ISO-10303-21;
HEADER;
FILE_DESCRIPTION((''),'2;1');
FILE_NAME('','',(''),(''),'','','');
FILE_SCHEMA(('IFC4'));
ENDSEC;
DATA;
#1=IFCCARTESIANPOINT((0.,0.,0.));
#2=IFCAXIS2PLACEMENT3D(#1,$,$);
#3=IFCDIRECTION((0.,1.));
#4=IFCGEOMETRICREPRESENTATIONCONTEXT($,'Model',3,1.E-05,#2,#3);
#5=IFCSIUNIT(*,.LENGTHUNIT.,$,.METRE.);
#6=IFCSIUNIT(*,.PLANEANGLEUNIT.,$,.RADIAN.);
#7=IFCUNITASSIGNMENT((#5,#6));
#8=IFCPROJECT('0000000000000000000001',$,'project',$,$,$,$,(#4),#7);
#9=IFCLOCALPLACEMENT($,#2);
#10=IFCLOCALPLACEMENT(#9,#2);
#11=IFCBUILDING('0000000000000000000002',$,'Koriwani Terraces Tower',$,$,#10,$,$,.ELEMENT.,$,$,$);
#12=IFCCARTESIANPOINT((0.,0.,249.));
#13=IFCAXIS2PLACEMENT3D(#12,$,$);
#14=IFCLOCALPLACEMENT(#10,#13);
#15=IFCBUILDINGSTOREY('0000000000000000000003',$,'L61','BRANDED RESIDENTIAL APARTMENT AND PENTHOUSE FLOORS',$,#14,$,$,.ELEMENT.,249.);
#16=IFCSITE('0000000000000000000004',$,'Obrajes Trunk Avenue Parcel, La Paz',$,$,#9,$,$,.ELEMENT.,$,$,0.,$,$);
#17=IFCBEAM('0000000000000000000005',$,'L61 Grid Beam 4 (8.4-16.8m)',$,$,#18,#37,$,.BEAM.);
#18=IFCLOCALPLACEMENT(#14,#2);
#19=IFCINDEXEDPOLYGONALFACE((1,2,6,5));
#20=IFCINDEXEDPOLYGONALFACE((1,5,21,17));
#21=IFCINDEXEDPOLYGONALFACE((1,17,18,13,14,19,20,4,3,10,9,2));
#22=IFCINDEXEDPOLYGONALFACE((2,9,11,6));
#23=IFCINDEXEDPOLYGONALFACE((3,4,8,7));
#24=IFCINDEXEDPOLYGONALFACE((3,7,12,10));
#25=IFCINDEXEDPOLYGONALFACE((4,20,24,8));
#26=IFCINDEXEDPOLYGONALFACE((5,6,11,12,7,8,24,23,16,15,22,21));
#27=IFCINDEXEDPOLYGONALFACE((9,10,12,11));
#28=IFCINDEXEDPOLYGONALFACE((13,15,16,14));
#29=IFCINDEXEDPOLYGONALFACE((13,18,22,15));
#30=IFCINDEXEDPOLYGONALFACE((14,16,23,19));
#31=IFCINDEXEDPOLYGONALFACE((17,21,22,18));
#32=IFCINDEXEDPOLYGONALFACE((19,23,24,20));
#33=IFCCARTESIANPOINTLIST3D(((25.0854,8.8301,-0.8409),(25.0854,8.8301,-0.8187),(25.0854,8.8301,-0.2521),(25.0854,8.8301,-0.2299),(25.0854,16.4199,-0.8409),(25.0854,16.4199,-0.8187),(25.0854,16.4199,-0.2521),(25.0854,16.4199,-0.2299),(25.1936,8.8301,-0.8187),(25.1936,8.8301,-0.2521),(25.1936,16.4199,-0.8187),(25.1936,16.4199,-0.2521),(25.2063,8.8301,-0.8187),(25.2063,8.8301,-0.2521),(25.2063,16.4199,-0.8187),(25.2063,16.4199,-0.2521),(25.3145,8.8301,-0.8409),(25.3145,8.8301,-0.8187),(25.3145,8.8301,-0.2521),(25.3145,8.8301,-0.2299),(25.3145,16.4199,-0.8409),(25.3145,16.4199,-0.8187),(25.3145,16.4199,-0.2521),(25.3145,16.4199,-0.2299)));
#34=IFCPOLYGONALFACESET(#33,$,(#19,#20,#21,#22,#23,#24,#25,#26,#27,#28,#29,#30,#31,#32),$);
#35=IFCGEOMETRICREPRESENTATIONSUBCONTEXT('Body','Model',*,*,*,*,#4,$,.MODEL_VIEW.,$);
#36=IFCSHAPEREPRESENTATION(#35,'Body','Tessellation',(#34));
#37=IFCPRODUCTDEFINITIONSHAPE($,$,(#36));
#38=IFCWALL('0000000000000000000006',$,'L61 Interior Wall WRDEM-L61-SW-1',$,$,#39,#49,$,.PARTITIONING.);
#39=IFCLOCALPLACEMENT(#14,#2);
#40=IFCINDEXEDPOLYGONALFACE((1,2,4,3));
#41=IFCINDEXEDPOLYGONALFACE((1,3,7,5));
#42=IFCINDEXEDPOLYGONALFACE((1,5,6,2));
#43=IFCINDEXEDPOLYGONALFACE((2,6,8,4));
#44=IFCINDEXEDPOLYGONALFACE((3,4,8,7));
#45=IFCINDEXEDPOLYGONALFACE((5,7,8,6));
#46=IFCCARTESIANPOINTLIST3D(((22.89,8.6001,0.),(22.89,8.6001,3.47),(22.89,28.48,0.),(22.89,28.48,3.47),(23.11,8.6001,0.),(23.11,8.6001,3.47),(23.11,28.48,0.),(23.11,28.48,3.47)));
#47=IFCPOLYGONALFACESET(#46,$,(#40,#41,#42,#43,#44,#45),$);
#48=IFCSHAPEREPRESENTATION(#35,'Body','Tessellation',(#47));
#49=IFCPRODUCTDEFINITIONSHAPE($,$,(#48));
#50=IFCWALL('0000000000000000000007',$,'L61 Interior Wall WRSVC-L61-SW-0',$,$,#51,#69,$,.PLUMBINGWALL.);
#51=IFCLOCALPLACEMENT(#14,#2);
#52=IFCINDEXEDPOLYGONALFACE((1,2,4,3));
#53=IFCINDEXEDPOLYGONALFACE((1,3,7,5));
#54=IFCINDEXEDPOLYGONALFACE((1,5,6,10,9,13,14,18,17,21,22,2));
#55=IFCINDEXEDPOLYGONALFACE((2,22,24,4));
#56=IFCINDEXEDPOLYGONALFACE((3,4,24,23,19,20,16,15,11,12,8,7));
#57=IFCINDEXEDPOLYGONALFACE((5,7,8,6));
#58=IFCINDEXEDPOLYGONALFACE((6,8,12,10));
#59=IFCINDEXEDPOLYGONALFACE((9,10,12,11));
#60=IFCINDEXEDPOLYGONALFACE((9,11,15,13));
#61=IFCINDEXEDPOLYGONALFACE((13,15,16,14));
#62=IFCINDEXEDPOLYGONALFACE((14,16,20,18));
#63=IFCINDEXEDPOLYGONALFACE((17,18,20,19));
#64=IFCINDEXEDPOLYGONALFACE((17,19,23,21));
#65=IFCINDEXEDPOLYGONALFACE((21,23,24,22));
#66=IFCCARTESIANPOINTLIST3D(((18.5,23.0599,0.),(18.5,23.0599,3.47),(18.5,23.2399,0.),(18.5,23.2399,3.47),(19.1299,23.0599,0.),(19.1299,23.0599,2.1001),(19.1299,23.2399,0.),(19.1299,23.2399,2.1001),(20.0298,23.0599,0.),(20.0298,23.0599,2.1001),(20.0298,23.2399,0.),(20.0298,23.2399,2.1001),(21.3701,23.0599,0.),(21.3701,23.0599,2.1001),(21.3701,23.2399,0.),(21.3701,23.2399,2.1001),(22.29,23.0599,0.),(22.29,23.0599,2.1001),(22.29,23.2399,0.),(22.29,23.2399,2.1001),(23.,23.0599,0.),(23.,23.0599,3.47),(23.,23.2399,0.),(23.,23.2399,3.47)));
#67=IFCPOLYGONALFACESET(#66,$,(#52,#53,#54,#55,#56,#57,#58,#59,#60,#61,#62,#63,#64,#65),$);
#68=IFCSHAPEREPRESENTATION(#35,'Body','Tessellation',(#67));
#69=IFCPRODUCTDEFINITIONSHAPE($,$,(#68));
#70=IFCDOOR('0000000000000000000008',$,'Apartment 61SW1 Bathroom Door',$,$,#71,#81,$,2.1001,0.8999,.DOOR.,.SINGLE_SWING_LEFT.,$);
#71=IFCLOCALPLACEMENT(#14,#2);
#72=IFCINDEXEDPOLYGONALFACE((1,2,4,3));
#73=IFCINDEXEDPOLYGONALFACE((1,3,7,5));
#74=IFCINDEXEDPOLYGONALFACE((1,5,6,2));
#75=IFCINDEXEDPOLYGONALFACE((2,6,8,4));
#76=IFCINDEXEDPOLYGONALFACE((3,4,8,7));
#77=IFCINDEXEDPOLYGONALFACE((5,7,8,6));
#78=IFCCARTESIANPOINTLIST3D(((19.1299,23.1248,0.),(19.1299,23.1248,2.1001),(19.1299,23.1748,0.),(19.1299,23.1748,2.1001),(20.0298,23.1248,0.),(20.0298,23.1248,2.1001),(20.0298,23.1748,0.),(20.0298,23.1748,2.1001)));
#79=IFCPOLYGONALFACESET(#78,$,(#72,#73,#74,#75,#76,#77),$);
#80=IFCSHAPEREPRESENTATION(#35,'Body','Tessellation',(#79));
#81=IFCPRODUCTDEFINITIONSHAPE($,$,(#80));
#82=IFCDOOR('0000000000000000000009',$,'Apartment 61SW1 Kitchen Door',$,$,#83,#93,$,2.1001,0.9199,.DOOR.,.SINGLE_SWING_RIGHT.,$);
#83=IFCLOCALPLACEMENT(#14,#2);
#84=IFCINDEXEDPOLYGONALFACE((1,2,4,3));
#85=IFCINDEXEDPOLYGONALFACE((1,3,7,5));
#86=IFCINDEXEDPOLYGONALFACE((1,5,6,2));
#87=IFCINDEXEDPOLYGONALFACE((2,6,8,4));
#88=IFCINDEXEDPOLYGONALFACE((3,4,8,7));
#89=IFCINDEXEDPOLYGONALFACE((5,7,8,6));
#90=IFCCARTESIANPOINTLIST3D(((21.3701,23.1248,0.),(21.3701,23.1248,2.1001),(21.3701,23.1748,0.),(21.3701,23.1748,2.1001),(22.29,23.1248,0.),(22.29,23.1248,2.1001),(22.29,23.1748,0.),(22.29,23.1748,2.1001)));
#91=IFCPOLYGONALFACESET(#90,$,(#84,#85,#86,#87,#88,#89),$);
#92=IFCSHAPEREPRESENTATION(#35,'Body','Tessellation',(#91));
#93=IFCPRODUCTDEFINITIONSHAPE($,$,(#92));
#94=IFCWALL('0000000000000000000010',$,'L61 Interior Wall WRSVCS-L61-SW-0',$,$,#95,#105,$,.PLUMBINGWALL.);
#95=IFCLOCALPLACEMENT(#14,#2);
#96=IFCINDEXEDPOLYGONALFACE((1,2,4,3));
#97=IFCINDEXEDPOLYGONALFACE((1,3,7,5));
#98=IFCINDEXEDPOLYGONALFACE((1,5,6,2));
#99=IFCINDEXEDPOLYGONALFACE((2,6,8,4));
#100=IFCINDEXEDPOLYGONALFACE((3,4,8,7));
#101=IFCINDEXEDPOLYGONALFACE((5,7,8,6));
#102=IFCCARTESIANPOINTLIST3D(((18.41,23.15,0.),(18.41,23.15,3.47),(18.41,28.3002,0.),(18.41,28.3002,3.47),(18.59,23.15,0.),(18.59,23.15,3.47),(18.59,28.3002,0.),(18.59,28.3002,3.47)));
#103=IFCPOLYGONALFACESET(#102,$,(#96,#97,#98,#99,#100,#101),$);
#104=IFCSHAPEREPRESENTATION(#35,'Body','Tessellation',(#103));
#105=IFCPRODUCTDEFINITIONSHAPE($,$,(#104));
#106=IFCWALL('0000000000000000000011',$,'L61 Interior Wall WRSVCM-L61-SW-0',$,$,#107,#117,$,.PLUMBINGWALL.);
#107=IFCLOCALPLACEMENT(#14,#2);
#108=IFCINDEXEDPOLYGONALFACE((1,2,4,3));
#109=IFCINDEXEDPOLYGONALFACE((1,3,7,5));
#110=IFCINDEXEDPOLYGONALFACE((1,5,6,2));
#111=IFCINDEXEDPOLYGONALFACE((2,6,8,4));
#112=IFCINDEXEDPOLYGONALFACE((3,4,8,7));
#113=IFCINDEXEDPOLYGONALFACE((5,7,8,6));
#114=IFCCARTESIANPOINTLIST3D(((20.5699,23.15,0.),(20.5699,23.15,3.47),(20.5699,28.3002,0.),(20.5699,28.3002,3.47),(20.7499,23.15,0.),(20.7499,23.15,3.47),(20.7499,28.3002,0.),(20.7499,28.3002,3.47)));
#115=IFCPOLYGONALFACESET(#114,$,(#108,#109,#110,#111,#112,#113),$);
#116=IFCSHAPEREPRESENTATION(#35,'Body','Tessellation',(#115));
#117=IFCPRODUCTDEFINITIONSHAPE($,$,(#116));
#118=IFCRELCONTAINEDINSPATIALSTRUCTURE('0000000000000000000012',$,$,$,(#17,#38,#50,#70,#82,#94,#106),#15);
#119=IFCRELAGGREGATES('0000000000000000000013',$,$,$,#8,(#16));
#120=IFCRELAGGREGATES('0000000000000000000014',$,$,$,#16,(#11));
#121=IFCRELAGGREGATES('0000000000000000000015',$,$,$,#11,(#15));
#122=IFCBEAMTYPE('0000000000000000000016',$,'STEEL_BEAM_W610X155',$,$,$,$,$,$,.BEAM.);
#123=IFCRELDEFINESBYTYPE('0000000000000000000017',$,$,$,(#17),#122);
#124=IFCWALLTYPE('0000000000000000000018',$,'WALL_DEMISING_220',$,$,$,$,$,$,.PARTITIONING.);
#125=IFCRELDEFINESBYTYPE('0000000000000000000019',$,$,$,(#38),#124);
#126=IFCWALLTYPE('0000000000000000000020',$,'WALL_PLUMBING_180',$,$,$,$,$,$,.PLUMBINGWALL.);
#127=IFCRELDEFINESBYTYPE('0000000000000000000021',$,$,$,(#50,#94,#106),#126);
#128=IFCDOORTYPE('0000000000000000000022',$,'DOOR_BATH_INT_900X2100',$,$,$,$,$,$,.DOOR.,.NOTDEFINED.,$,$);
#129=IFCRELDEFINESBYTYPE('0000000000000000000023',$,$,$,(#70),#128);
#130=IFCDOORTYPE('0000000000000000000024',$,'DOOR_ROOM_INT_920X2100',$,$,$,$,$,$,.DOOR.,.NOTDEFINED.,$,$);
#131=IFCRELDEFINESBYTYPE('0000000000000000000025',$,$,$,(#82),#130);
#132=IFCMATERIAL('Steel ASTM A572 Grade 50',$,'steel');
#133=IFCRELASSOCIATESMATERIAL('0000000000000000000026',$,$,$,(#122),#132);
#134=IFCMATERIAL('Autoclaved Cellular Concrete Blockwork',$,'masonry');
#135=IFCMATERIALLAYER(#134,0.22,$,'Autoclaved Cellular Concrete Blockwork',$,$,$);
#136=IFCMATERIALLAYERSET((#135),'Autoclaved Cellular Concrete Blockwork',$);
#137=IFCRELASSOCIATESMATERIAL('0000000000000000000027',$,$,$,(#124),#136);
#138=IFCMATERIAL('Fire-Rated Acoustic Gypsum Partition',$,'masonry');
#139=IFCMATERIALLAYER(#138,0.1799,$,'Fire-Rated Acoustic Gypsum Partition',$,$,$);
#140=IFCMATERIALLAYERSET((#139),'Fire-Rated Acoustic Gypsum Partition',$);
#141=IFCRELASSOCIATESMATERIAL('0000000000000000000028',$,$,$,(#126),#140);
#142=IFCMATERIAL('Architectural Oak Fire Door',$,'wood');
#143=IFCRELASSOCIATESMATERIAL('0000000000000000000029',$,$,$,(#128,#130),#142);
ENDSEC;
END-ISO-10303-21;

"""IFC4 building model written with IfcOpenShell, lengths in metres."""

from ifc_helpers import new_model, si_unit, direction, frame, frame_2d, origin, origin_2d, place, context, subcontext, project, spatial, rectangle, i_section, extrude, material, layer, layer_set, material_profile, profile_set, type_object, element, fill, save


model = new_model("IFC4")

# Units and contexts
model_context = context("Model", 3, precision=1e-05, world=origin(), true_north=direction((0.0, 1.0)))
body_context = subcontext(model_context, "Body", "Model", "MODEL_VIEW")
ifc_project = project(units=[si_unit("LENGTHUNIT", "METRE"), si_unit("PLANEANGLEUNIT", "RADIAN")], contexts=[model_context])

# Site, building, storey
site_placement = place(None, origin())
site = spatial("IfcSite", under=ifc_project, at=site_placement, Name="Obrajes Trunk Avenue Parcel, La Paz", CompositionType="ELEMENT", RefElevation=0.0)
building_placement = place(site_placement, origin())
building = spatial("IfcBuilding", under=site, at=building_placement, Name="Koriwani Terraces Tower", CompositionType="ELEMENT")
storey_placement = place(building_placement, frame((0.0, 0.0, 249.0)))
storey = spatial("IfcBuildingStorey", under=building, at=storey_placement, Name="L61", Description="BRANDED RESIDENTIAL APARTMENT AND PENTHOUSE FLOORS", CompositionType="ELEMENT", Elevation=249.0)

# Beam
ifc_material_1 = material(Name="Steel ASTM A572 Grade 50", Category="steel")
ifc_material_profile_1 = material_profile(ifc_material_1, i_section(OverallWidth=0.229, OverallDepth=0.6111, WebThickness=0.0127, FlangeThickness=0.0222, at=origin_2d()), Name="Steel ASTM A572 Grade 50", Category="LoadBearing")
ifc_profile_set_1 = profile_set([ifc_material_profile_1], Name="Steel ASTM A572 Grade 50")
beam_type_1 = type_object("IfcBeamType", Name="STEEL_BEAM_W610X155", PredefinedType="BEAM", material=ifc_profile_set_1)
beam_1_placement = place(storey_placement, frame((25.2, 8.8301, -0.5354), z_axis=(0.0, 1.0, 0.0), x_axis=(-1.0, 0.0, 0.0)))
element("IfcBeam", 1, at=beam_1_placement, inside=storey, type_object=beam_type_1, Name="L61 Grid Beam 4 (8.4-16.8m)", PredefinedType="BEAM", context=body_context, shape_type="SweptSolid", body=[
    extrude(i_section(OverallWidth=0.229, OverallDepth=0.6111, WebThickness=0.0127, FlangeThickness=0.0222, at=origin_2d()), origin(), (0.0, 0.0, 1.0), 7.5898),
])

# Wall
ifc_material_2 = material(Name="Autoclaved Cellular Concrete Blockwork", Category="masonry")
ifc_layer_1 = layer(ifc_material_2, 0.22, Name="Autoclaved Cellular Concrete Blockwork")
ifc_layer_set_1 = layer_set([ifc_layer_1], Name="Autoclaved Cellular Concrete Blockwork")
wall_type_1 = type_object("IfcWallType", Name="WALL_DEMISING_220", PredefinedType="PARTITIONING", material=ifc_layer_set_1)
wall_1_placement = place(storey_placement, frame((23.0, 8.6001, 0.0), z_axis=(0.0, 0.0, 1.0), x_axis=(0.0, 1.0, 0.0)))
element("IfcWall", 2, at=wall_1_placement, inside=storey, type_object=wall_type_1, Name="L61 Interior Wall WRDEM-L61-SW-1", PredefinedType="PARTITIONING", context=body_context, shape_type="SweptSolid", body=[
    extrude(rectangle(XDim=19.8799, YDim=0.22, at=frame_2d((9.9399, 0.0))), origin(), (0.0, 0.0, 1.0), 3.47),
])

# Wall, openings, doors
ifc_material_3 = material(Name="Fire-Rated Acoustic Gypsum Partition", Category="masonry")
ifc_layer_2 = layer(ifc_material_3, 0.1799, Name="Fire-Rated Acoustic Gypsum Partition")
ifc_layer_set_2 = layer_set([ifc_layer_2], Name="Fire-Rated Acoustic Gypsum Partition")
wall_type_2 = type_object("IfcWallType", Name="WALL_PLUMBING_180", PredefinedType="PLUMBINGWALL", material=ifc_layer_set_2)
wall_2_placement = place(storey_placement, frame((18.5, 23.1499, 0.0), z_axis=(0.0, 0.0, 1.0), x_axis=(1.0, 0.0, 0.0)))
wall_2 = element("IfcWall", 3, at=wall_2_placement, inside=storey, type_object=wall_type_2, Name="L61 Interior Wall WRSVC-L61-SW-0", PredefinedType="PLUMBINGWALL", context=body_context, shape_type="SweptSolid", body=[
    extrude(rectangle(XDim=4.5, YDim=0.1799, at=frame_2d((2.25, 0.0))), origin(), (0.0, 0.0, 1.0), 3.47),
])
opening_1_placement = place(wall_2_placement, frame((0.6299, 0.0, 0.0)))
opening_1 = element("IfcOpeningElement", 4, at=opening_1_placement, cuts=wall_2, PredefinedType="OPENING", context=body_context, shape_type="SweptSolid", body=[
    extrude(rectangle(XDim=0.8999, YDim=2.1001, at=frame_2d((0.45, 1.05))), frame((0.0, 0.1001, 0.0), z_axis=(0.0, -1.0, 0.0), x_axis=(1.0, 0.0, 0.0)), (0.0, 0.0, 1.0), 0.2),
])
opening_2_placement = place(wall_2_placement, frame((2.8701, 0.0, 0.0)))
opening_2 = element("IfcOpeningElement", 5, at=opening_2_placement, cuts=wall_2, PredefinedType="OPENING", context=body_context, shape_type="SweptSolid", body=[
    extrude(rectangle(XDim=0.9199, YDim=2.1001, at=frame_2d((0.46, 1.05))), frame((0.0, 0.1001, 0.0), z_axis=(0.0, -1.0, 0.0), x_axis=(1.0, 0.0, 0.0)), (0.0, 0.0, 1.0), 0.2),
])
ifc_material_4 = material(Name="Architectural Oak Fire Door", Category="wood")
door_type_1 = type_object("IfcDoorType", Name="DOOR_BATH_INT_900X2100", OperationType="NOTDEFINED", PredefinedType="DOOR", material=ifc_material_4)
door_1_placement = place(opening_1_placement, origin())
door_1 = element("IfcDoor", 6, at=door_1_placement, inside=storey, type_object=door_type_1, Name="Apartment 61SW1 Bathroom Door", OperationType="SINGLE_SWING_LEFT", OverallHeight=2.1001, OverallWidth=0.8999, PredefinedType="DOOR", context=body_context, shape_type="SweptSolid", body=[
    extrude(rectangle(XDim=0.8999, YDim=2.1001, at=frame_2d((0.45, 1.05))), frame((0.0, 0.0249, 0.0), z_axis=(0.0, -1.0, 0.0), x_axis=(1.0, 0.0, 0.0)), (0.0, 0.0, 1.0), 0.05),
])
fill(opening_1, door_1)
door_type_2 = type_object("IfcDoorType", Name="DOOR_ROOM_INT_920X2100", OperationType="NOTDEFINED", PredefinedType="DOOR", material=ifc_material_4)
door_2_placement = place(opening_2_placement, origin())
door_2 = element("IfcDoor", 7, at=door_2_placement, inside=storey, type_object=door_type_2, Name="Apartment 61SW1 Kitchen Door", OperationType="SINGLE_SWING_RIGHT", OverallHeight=2.1001, OverallWidth=0.9199, PredefinedType="DOOR", context=body_context, shape_type="SweptSolid", body=[
    extrude(rectangle(XDim=0.9199, YDim=2.1001, at=frame_2d((0.46, 1.05))), frame((0.0, 0.0249, 0.0), z_axis=(0.0, -1.0, 0.0), x_axis=(1.0, 0.0, 0.0)), (0.0, 0.0, 1.0), 0.05),
])
fill(opening_2, door_2)

# Walls
for number, where, z_axis, x_axis, name in (
    (8, (18.5, 23.1499, 0.0), (0.0, 0.0, 1.0), (0.0, 1.0, 0.0), "L61 Interior Wall WRSVCS-L61-SW-0"),
    (9, (20.6599, 23.1499, 0.0), (0.0, 0.0, 1.0), (0.0, 1.0, 0.0), "L61 Interior Wall WRSVCM-L61-SW-0"),
):
    element("IfcWall", number, at=place(storey_placement, frame(where, z_axis=z_axis, x_axis=x_axis)), inside=storey, type_object=wall_type_2, Name=name, PredefinedType="PLUMBINGWALL", context=body_context, shape_type="SweptSolid", body=[
        extrude(rectangle(XDim=5.1501, YDim=0.1799, at=frame_2d((2.5752, 0.0))), origin(), (0.0, 0.0, 1.0), 3.47),
    ])

save(model, "model.ifc")
